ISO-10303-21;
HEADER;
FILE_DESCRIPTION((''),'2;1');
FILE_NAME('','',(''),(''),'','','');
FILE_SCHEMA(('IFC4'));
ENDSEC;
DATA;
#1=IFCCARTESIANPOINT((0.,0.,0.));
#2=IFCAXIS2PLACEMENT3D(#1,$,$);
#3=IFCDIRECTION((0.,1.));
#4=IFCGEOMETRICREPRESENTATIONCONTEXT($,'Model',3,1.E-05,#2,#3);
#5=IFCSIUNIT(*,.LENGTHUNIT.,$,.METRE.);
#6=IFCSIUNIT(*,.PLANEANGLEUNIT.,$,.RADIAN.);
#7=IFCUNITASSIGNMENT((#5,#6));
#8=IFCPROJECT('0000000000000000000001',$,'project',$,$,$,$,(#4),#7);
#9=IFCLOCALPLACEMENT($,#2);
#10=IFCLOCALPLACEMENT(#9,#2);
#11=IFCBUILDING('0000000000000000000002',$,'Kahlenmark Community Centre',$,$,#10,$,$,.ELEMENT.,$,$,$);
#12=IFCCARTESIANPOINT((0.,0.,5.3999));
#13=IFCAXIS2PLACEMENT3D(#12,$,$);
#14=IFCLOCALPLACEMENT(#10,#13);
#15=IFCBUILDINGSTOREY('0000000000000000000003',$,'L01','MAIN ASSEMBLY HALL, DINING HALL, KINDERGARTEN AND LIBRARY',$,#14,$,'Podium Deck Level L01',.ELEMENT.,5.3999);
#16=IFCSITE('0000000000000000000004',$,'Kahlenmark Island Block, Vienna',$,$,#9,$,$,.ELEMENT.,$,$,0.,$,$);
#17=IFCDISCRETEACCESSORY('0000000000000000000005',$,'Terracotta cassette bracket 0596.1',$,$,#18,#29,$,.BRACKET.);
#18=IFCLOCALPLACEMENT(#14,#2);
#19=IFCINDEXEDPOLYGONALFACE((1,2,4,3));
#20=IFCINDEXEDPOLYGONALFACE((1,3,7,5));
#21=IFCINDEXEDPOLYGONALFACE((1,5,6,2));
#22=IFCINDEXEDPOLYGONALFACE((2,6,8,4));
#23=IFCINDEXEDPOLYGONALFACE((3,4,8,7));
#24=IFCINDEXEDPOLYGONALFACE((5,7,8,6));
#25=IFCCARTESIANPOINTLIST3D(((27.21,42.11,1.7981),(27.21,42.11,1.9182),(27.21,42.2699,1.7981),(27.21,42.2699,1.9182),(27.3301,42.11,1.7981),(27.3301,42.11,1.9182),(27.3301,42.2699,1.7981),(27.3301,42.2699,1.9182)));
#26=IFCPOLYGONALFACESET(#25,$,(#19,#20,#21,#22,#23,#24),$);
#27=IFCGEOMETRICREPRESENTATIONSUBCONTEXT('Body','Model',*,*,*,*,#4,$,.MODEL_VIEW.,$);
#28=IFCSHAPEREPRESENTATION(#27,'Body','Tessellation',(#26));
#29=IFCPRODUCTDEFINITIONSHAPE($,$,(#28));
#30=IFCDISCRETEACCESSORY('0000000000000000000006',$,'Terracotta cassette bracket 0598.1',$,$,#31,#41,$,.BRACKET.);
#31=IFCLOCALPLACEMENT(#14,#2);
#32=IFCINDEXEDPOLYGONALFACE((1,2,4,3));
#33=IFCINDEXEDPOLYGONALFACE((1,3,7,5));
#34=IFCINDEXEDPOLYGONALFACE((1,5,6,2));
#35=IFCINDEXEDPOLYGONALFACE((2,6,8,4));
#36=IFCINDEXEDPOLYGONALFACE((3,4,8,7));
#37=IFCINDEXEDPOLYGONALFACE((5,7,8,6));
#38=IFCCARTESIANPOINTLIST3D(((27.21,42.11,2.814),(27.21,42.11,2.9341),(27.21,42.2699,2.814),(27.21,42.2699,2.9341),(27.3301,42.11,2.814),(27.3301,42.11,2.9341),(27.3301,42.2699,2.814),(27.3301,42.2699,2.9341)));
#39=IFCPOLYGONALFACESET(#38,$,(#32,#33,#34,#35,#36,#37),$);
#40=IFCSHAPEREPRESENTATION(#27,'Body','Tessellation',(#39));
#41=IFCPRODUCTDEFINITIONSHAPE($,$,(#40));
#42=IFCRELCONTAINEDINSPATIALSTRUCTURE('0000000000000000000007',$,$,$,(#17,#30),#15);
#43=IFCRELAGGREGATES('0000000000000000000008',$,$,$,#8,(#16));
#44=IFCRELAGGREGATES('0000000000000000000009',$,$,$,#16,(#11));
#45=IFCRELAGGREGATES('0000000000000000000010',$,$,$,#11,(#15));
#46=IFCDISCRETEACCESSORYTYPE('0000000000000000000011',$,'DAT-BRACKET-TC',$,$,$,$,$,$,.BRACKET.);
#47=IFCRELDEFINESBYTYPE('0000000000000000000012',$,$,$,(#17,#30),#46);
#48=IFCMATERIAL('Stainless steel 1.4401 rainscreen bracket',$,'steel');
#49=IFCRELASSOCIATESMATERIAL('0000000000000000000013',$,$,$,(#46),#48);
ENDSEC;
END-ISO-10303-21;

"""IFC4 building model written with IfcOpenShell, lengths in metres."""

from ifc_helpers import new_model, si_unit, direction, frame, origin, origin_2d, place, context, subcontext, project, spatial, rectangle, extrude, material, type_object, element, save


model = new_model("IFC4")

# Units and contexts
model_context = context("Model", 3, precision=1e-05, world=origin(), true_north=direction((0.0, 1.0)))
body_context = subcontext(model_context, "Body", "Model", "MODEL_VIEW")
ifc_project = project(units=[si_unit("LENGTHUNIT", "METRE"), si_unit("PLANEANGLEUNIT", "RADIAN")], contexts=[model_context])

# Site, building, storey
site_placement = place(None, origin())
site = spatial("IfcSite", under=ifc_project, at=site_placement, Name="Kahlenmark Island Block, Vienna", CompositionType="ELEMENT", RefElevation=0.0)
building_placement = place(site_placement, origin())
building = spatial("IfcBuilding", under=site, at=building_placement, Name="Kahlenmark Community Centre", CompositionType="ELEMENT")
storey_placement = place(building_placement, frame((0.0, 0.0, 5.3999)))
storey = spatial("IfcBuildingStorey", under=building, at=storey_placement, Name="L01", Description="MAIN ASSEMBLY HALL, DINING HALL, KINDERGARTEN AND LIBRARY", LongName="Podium Deck Level L01", CompositionType="ELEMENT", Elevation=5.3999)

# Discrete accessories
ifc_material_1 = material(Name="Stainless steel 1.4401 rainscreen bracket", Category="steel")
discrete_accessory_type = type_object("IfcDiscreteAccessoryType", Name="DAT-BRACKET-TC", PredefinedType="BRACKET", material=ifc_material_1)
for number, where, z_axis, x_axis, name in (
    (1, (27.27, 42.1899, 1.7981), (0.0, 0.0, 1.0), (1.0, 0.0, 0.0), "Terracotta cassette bracket 0596.1"),
    (2, (27.27, 42.1899, 2.814), (0.0, 0.0, 1.0), (1.0, 0.0, 0.0), "Terracotta cassette bracket 0598.1"),
):
    element("IfcDiscreteAccessory", number, at=place(storey_placement, frame(where, z_axis=z_axis, x_axis=x_axis)), inside=storey, type_object=discrete_accessory_type, Name=name, PredefinedType="BRACKET", context=body_context, shape_type="SweptSolid", body=[
        extrude(rectangle(XDim=0.1201, YDim=0.1599, at=origin_2d()), origin(), (0.0, 0.0, 1.0), 0.1201),
    ])

save(model, "model.ifc")
